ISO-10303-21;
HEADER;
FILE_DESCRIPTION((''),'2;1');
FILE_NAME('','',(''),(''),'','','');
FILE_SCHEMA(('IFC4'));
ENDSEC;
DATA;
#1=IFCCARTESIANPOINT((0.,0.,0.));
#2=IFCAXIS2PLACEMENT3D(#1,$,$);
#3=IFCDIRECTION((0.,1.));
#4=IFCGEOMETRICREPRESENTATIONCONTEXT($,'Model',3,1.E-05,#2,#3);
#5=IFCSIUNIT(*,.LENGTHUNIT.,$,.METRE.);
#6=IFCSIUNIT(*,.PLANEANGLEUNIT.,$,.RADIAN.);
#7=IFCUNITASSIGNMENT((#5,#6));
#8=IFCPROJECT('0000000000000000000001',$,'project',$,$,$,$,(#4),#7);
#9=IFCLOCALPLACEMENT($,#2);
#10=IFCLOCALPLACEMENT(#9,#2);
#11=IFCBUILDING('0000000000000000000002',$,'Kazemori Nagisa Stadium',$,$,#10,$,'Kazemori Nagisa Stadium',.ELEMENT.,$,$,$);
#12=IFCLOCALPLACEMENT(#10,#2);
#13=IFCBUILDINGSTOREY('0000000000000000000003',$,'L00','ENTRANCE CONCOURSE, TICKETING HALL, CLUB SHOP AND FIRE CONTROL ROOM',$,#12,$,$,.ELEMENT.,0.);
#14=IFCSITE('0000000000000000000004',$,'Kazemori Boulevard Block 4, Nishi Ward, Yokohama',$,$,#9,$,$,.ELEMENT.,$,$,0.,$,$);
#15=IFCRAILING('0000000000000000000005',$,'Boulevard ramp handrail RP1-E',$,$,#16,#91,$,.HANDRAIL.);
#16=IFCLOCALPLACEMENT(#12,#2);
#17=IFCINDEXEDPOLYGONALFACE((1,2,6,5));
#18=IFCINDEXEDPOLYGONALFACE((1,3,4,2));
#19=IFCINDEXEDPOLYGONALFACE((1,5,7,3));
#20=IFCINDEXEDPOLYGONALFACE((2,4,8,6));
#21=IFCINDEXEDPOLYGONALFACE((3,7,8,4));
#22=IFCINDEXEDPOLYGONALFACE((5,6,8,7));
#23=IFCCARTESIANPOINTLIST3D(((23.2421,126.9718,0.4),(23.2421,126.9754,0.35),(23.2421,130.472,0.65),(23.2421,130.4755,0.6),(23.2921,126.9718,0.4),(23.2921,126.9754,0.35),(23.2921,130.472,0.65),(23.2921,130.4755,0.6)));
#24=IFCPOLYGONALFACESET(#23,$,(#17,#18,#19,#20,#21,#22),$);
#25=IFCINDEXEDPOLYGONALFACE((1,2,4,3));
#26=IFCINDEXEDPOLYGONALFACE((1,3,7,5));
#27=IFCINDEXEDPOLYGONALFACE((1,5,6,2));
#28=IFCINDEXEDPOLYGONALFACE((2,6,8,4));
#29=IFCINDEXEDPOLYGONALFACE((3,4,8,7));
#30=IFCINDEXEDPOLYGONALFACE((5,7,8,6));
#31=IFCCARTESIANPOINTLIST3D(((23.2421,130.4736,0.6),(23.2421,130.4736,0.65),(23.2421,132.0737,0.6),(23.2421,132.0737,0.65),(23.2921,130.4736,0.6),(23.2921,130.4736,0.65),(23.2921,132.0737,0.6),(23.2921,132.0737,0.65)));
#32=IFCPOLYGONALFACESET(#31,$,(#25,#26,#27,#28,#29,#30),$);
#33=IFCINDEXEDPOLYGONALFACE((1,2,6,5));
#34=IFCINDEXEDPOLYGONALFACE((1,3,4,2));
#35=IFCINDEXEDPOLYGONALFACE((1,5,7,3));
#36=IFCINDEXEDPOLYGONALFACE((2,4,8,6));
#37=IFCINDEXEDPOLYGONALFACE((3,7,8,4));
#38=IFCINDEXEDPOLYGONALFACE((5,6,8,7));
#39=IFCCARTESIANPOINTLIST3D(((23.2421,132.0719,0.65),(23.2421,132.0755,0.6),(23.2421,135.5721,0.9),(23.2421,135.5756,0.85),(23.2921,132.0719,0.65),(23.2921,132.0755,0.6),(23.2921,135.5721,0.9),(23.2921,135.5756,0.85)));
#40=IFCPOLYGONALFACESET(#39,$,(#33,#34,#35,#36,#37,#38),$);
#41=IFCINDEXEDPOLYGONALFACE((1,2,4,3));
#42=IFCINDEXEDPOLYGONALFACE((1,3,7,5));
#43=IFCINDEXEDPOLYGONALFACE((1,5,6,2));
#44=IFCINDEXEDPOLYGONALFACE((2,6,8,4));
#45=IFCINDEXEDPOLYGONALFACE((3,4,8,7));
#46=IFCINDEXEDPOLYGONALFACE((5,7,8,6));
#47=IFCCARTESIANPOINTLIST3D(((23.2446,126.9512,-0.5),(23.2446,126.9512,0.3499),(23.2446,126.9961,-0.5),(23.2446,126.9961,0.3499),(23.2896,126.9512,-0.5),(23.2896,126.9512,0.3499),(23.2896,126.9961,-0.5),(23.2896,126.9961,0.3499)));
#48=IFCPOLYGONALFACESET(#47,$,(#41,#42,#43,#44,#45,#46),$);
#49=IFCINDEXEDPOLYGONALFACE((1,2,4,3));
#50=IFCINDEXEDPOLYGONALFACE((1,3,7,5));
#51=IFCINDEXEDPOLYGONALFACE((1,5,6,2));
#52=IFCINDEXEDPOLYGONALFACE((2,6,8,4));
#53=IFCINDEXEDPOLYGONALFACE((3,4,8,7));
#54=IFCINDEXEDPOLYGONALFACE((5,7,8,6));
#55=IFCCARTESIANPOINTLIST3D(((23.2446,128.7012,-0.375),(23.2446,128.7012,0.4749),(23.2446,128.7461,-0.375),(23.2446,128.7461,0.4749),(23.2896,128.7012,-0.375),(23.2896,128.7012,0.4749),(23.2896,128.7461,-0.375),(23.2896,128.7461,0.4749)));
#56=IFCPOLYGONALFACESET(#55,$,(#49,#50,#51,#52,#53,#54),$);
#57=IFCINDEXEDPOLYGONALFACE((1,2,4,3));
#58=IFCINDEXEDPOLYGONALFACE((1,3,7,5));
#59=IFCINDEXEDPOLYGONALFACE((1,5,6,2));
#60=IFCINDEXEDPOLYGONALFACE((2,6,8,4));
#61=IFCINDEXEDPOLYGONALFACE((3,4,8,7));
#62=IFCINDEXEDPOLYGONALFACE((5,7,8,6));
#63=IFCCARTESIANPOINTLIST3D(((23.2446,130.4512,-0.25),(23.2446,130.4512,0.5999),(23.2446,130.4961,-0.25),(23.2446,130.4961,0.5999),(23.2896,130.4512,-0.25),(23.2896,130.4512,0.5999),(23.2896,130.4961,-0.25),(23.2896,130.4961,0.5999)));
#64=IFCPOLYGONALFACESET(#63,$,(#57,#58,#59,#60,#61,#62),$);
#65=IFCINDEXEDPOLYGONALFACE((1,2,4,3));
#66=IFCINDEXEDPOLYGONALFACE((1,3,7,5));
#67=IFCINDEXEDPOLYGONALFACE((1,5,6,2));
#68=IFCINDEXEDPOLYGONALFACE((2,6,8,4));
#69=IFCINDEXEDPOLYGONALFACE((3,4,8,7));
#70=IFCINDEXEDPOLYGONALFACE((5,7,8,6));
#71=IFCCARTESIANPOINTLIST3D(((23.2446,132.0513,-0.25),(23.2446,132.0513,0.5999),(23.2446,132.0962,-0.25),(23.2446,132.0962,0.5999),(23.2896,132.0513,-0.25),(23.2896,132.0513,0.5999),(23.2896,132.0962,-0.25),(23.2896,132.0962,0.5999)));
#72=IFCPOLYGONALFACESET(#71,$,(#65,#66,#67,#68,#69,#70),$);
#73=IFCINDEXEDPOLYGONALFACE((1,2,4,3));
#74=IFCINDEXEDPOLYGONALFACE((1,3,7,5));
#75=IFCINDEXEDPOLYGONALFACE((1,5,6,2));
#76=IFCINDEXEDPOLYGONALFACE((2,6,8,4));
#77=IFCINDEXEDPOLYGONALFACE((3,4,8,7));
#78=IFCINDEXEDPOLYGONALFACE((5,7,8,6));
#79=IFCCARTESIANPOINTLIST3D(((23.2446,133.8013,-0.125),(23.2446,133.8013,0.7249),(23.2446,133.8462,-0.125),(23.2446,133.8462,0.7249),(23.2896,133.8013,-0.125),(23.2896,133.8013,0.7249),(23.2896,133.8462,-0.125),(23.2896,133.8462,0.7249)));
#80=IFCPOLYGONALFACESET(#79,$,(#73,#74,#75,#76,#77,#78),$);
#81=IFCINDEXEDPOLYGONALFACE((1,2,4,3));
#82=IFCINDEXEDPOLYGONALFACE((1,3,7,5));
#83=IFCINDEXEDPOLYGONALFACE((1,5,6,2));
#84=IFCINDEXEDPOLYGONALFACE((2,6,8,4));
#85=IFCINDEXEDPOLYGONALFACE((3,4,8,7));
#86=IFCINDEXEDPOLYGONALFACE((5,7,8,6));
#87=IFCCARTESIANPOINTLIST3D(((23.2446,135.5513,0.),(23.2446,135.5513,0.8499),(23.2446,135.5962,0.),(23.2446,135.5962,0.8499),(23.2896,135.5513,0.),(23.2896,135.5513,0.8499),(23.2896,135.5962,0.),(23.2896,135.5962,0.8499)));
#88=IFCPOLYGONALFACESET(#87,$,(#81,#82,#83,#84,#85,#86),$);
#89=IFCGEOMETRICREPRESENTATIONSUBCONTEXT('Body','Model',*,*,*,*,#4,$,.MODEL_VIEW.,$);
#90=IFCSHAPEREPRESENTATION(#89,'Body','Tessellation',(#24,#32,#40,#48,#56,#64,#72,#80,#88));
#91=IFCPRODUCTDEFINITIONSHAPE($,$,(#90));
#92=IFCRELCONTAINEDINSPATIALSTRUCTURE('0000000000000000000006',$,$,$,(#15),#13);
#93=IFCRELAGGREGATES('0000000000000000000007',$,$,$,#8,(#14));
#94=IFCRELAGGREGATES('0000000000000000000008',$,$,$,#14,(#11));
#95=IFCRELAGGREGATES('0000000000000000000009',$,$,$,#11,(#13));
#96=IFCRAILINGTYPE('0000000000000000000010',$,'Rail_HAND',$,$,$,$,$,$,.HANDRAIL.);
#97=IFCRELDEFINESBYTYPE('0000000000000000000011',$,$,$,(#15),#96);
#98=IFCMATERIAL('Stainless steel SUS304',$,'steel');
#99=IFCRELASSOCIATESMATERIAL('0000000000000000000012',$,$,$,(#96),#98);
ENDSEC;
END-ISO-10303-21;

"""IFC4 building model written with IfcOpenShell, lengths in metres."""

from ifc_helpers import new_model, si_unit, direction, frame, origin, origin_2d, place, context, subcontext, project, spatial, rectangle, extrude, material, type_object, element, save


model = new_model("IFC4")

# Units and contexts
model_context = context("Model", 3, precision=1e-05, world=origin(), true_north=direction((0.0, 1.0)))
body_context = subcontext(model_context, "Body", "Model", "MODEL_VIEW")
ifc_project = project(units=[si_unit("LENGTHUNIT", "METRE"), si_unit("PLANEANGLEUNIT", "RADIAN")], contexts=[model_context])

# Site, building, storey
site_placement = place(None, origin())
site = spatial("IfcSite", under=ifc_project, at=site_placement, Name="Kazemori Boulevard Block 4, Nishi Ward, Yokohama", CompositionType="ELEMENT", RefElevation=0.0)
building_placement = place(site_placement, origin())
building = spatial("IfcBuilding", under=site, at=building_placement, Name="Kazemori Nagisa Stadium", LongName="Kazemori Nagisa Stadium", CompositionType="ELEMENT")
storey_placement = place(building_placement, origin())
storey = spatial("IfcBuildingStorey", under=building, at=storey_placement, Name="L00", Description="ENTRANCE CONCOURSE, TICKETING HALL, CLUB SHOP AND FIRE CONTROL ROOM", CompositionType="ELEMENT", Elevation=0.0)

# Railing
ifc_material_1 = material(Name="Stainless steel SUS304", Category="steel")
railing_type = type_object("IfcRailingType", Name="Rail_HAND", PredefinedType="HANDRAIL", material=ifc_material_1)
for number, where, name in (
    (1, (23.2671, 126.9736, -0.5), "Boulevard ramp handrail RP1-E"),
):
    element("IfcRailing", number, at=place(storey_placement, frame(where)), inside=storey, type_object=railing_type, Name=name, PredefinedType="HANDRAIL", context=body_context, shape_type="SweptSolid", body=[
        extrude(rectangle(XDim=0.05, YDim=0.05, at=origin_2d()), frame((0.0, 0.0, 0.875), z_axis=(0.0, 0.997459, 0.071247), x_axis=(-1.0, 0.0, 0.0)), (0.0, 0.0, 1.0), 3.509),
        extrude(rectangle(XDim=0.05, YDim=0.05, at=origin_2d()), frame((0.0, 3.5, 1.125), z_axis=(0.0, 1.0, 0.0), x_axis=(-1.0, 0.0, 0.0)), (0.0, 0.0, 1.0), 1.6001),
        extrude(rectangle(XDim=0.05, YDim=0.05, at=origin_2d()), frame((0.0, 5.1001, 1.125), z_axis=(0.0, 0.997459, 0.071247), x_axis=(-1.0, 0.0, 0.0)), (0.0, 0.0, 1.0), 3.509),
        extrude(rectangle(XDim=0.0449, YDim=0.0449, at=origin_2d()), origin(), (0.0, 0.0, 1.0), 0.8499),
        extrude(rectangle(XDim=0.0449, YDim=0.0449, at=origin_2d()), frame((0.0, 1.75, 0.125)), (0.0, 0.0, 1.0), 0.8499),
        extrude(rectangle(XDim=0.0449, YDim=0.0449, at=origin_2d()), frame((0.0, 3.5, 0.25)), (0.0, 0.0, 1.0), 0.8499),
        extrude(rectangle(XDim=0.0449, YDim=0.0449, at=origin_2d()), frame((0.0, 5.1001, 0.25)), (0.0, 0.0, 1.0), 0.8499),
        extrude(rectangle(XDim=0.0449, YDim=0.0449, at=origin_2d()), frame((0.0, 6.8501, 0.375)), (0.0, 0.0, 1.0), 0.8499),
        extrude(rectangle(XDim=0.0449, YDim=0.0449, at=origin_2d()), frame((0.0, 8.6001, 0.5)), (0.0, 0.0, 1.0), 0.8499),
    ])

save(model, "model.ifc")
